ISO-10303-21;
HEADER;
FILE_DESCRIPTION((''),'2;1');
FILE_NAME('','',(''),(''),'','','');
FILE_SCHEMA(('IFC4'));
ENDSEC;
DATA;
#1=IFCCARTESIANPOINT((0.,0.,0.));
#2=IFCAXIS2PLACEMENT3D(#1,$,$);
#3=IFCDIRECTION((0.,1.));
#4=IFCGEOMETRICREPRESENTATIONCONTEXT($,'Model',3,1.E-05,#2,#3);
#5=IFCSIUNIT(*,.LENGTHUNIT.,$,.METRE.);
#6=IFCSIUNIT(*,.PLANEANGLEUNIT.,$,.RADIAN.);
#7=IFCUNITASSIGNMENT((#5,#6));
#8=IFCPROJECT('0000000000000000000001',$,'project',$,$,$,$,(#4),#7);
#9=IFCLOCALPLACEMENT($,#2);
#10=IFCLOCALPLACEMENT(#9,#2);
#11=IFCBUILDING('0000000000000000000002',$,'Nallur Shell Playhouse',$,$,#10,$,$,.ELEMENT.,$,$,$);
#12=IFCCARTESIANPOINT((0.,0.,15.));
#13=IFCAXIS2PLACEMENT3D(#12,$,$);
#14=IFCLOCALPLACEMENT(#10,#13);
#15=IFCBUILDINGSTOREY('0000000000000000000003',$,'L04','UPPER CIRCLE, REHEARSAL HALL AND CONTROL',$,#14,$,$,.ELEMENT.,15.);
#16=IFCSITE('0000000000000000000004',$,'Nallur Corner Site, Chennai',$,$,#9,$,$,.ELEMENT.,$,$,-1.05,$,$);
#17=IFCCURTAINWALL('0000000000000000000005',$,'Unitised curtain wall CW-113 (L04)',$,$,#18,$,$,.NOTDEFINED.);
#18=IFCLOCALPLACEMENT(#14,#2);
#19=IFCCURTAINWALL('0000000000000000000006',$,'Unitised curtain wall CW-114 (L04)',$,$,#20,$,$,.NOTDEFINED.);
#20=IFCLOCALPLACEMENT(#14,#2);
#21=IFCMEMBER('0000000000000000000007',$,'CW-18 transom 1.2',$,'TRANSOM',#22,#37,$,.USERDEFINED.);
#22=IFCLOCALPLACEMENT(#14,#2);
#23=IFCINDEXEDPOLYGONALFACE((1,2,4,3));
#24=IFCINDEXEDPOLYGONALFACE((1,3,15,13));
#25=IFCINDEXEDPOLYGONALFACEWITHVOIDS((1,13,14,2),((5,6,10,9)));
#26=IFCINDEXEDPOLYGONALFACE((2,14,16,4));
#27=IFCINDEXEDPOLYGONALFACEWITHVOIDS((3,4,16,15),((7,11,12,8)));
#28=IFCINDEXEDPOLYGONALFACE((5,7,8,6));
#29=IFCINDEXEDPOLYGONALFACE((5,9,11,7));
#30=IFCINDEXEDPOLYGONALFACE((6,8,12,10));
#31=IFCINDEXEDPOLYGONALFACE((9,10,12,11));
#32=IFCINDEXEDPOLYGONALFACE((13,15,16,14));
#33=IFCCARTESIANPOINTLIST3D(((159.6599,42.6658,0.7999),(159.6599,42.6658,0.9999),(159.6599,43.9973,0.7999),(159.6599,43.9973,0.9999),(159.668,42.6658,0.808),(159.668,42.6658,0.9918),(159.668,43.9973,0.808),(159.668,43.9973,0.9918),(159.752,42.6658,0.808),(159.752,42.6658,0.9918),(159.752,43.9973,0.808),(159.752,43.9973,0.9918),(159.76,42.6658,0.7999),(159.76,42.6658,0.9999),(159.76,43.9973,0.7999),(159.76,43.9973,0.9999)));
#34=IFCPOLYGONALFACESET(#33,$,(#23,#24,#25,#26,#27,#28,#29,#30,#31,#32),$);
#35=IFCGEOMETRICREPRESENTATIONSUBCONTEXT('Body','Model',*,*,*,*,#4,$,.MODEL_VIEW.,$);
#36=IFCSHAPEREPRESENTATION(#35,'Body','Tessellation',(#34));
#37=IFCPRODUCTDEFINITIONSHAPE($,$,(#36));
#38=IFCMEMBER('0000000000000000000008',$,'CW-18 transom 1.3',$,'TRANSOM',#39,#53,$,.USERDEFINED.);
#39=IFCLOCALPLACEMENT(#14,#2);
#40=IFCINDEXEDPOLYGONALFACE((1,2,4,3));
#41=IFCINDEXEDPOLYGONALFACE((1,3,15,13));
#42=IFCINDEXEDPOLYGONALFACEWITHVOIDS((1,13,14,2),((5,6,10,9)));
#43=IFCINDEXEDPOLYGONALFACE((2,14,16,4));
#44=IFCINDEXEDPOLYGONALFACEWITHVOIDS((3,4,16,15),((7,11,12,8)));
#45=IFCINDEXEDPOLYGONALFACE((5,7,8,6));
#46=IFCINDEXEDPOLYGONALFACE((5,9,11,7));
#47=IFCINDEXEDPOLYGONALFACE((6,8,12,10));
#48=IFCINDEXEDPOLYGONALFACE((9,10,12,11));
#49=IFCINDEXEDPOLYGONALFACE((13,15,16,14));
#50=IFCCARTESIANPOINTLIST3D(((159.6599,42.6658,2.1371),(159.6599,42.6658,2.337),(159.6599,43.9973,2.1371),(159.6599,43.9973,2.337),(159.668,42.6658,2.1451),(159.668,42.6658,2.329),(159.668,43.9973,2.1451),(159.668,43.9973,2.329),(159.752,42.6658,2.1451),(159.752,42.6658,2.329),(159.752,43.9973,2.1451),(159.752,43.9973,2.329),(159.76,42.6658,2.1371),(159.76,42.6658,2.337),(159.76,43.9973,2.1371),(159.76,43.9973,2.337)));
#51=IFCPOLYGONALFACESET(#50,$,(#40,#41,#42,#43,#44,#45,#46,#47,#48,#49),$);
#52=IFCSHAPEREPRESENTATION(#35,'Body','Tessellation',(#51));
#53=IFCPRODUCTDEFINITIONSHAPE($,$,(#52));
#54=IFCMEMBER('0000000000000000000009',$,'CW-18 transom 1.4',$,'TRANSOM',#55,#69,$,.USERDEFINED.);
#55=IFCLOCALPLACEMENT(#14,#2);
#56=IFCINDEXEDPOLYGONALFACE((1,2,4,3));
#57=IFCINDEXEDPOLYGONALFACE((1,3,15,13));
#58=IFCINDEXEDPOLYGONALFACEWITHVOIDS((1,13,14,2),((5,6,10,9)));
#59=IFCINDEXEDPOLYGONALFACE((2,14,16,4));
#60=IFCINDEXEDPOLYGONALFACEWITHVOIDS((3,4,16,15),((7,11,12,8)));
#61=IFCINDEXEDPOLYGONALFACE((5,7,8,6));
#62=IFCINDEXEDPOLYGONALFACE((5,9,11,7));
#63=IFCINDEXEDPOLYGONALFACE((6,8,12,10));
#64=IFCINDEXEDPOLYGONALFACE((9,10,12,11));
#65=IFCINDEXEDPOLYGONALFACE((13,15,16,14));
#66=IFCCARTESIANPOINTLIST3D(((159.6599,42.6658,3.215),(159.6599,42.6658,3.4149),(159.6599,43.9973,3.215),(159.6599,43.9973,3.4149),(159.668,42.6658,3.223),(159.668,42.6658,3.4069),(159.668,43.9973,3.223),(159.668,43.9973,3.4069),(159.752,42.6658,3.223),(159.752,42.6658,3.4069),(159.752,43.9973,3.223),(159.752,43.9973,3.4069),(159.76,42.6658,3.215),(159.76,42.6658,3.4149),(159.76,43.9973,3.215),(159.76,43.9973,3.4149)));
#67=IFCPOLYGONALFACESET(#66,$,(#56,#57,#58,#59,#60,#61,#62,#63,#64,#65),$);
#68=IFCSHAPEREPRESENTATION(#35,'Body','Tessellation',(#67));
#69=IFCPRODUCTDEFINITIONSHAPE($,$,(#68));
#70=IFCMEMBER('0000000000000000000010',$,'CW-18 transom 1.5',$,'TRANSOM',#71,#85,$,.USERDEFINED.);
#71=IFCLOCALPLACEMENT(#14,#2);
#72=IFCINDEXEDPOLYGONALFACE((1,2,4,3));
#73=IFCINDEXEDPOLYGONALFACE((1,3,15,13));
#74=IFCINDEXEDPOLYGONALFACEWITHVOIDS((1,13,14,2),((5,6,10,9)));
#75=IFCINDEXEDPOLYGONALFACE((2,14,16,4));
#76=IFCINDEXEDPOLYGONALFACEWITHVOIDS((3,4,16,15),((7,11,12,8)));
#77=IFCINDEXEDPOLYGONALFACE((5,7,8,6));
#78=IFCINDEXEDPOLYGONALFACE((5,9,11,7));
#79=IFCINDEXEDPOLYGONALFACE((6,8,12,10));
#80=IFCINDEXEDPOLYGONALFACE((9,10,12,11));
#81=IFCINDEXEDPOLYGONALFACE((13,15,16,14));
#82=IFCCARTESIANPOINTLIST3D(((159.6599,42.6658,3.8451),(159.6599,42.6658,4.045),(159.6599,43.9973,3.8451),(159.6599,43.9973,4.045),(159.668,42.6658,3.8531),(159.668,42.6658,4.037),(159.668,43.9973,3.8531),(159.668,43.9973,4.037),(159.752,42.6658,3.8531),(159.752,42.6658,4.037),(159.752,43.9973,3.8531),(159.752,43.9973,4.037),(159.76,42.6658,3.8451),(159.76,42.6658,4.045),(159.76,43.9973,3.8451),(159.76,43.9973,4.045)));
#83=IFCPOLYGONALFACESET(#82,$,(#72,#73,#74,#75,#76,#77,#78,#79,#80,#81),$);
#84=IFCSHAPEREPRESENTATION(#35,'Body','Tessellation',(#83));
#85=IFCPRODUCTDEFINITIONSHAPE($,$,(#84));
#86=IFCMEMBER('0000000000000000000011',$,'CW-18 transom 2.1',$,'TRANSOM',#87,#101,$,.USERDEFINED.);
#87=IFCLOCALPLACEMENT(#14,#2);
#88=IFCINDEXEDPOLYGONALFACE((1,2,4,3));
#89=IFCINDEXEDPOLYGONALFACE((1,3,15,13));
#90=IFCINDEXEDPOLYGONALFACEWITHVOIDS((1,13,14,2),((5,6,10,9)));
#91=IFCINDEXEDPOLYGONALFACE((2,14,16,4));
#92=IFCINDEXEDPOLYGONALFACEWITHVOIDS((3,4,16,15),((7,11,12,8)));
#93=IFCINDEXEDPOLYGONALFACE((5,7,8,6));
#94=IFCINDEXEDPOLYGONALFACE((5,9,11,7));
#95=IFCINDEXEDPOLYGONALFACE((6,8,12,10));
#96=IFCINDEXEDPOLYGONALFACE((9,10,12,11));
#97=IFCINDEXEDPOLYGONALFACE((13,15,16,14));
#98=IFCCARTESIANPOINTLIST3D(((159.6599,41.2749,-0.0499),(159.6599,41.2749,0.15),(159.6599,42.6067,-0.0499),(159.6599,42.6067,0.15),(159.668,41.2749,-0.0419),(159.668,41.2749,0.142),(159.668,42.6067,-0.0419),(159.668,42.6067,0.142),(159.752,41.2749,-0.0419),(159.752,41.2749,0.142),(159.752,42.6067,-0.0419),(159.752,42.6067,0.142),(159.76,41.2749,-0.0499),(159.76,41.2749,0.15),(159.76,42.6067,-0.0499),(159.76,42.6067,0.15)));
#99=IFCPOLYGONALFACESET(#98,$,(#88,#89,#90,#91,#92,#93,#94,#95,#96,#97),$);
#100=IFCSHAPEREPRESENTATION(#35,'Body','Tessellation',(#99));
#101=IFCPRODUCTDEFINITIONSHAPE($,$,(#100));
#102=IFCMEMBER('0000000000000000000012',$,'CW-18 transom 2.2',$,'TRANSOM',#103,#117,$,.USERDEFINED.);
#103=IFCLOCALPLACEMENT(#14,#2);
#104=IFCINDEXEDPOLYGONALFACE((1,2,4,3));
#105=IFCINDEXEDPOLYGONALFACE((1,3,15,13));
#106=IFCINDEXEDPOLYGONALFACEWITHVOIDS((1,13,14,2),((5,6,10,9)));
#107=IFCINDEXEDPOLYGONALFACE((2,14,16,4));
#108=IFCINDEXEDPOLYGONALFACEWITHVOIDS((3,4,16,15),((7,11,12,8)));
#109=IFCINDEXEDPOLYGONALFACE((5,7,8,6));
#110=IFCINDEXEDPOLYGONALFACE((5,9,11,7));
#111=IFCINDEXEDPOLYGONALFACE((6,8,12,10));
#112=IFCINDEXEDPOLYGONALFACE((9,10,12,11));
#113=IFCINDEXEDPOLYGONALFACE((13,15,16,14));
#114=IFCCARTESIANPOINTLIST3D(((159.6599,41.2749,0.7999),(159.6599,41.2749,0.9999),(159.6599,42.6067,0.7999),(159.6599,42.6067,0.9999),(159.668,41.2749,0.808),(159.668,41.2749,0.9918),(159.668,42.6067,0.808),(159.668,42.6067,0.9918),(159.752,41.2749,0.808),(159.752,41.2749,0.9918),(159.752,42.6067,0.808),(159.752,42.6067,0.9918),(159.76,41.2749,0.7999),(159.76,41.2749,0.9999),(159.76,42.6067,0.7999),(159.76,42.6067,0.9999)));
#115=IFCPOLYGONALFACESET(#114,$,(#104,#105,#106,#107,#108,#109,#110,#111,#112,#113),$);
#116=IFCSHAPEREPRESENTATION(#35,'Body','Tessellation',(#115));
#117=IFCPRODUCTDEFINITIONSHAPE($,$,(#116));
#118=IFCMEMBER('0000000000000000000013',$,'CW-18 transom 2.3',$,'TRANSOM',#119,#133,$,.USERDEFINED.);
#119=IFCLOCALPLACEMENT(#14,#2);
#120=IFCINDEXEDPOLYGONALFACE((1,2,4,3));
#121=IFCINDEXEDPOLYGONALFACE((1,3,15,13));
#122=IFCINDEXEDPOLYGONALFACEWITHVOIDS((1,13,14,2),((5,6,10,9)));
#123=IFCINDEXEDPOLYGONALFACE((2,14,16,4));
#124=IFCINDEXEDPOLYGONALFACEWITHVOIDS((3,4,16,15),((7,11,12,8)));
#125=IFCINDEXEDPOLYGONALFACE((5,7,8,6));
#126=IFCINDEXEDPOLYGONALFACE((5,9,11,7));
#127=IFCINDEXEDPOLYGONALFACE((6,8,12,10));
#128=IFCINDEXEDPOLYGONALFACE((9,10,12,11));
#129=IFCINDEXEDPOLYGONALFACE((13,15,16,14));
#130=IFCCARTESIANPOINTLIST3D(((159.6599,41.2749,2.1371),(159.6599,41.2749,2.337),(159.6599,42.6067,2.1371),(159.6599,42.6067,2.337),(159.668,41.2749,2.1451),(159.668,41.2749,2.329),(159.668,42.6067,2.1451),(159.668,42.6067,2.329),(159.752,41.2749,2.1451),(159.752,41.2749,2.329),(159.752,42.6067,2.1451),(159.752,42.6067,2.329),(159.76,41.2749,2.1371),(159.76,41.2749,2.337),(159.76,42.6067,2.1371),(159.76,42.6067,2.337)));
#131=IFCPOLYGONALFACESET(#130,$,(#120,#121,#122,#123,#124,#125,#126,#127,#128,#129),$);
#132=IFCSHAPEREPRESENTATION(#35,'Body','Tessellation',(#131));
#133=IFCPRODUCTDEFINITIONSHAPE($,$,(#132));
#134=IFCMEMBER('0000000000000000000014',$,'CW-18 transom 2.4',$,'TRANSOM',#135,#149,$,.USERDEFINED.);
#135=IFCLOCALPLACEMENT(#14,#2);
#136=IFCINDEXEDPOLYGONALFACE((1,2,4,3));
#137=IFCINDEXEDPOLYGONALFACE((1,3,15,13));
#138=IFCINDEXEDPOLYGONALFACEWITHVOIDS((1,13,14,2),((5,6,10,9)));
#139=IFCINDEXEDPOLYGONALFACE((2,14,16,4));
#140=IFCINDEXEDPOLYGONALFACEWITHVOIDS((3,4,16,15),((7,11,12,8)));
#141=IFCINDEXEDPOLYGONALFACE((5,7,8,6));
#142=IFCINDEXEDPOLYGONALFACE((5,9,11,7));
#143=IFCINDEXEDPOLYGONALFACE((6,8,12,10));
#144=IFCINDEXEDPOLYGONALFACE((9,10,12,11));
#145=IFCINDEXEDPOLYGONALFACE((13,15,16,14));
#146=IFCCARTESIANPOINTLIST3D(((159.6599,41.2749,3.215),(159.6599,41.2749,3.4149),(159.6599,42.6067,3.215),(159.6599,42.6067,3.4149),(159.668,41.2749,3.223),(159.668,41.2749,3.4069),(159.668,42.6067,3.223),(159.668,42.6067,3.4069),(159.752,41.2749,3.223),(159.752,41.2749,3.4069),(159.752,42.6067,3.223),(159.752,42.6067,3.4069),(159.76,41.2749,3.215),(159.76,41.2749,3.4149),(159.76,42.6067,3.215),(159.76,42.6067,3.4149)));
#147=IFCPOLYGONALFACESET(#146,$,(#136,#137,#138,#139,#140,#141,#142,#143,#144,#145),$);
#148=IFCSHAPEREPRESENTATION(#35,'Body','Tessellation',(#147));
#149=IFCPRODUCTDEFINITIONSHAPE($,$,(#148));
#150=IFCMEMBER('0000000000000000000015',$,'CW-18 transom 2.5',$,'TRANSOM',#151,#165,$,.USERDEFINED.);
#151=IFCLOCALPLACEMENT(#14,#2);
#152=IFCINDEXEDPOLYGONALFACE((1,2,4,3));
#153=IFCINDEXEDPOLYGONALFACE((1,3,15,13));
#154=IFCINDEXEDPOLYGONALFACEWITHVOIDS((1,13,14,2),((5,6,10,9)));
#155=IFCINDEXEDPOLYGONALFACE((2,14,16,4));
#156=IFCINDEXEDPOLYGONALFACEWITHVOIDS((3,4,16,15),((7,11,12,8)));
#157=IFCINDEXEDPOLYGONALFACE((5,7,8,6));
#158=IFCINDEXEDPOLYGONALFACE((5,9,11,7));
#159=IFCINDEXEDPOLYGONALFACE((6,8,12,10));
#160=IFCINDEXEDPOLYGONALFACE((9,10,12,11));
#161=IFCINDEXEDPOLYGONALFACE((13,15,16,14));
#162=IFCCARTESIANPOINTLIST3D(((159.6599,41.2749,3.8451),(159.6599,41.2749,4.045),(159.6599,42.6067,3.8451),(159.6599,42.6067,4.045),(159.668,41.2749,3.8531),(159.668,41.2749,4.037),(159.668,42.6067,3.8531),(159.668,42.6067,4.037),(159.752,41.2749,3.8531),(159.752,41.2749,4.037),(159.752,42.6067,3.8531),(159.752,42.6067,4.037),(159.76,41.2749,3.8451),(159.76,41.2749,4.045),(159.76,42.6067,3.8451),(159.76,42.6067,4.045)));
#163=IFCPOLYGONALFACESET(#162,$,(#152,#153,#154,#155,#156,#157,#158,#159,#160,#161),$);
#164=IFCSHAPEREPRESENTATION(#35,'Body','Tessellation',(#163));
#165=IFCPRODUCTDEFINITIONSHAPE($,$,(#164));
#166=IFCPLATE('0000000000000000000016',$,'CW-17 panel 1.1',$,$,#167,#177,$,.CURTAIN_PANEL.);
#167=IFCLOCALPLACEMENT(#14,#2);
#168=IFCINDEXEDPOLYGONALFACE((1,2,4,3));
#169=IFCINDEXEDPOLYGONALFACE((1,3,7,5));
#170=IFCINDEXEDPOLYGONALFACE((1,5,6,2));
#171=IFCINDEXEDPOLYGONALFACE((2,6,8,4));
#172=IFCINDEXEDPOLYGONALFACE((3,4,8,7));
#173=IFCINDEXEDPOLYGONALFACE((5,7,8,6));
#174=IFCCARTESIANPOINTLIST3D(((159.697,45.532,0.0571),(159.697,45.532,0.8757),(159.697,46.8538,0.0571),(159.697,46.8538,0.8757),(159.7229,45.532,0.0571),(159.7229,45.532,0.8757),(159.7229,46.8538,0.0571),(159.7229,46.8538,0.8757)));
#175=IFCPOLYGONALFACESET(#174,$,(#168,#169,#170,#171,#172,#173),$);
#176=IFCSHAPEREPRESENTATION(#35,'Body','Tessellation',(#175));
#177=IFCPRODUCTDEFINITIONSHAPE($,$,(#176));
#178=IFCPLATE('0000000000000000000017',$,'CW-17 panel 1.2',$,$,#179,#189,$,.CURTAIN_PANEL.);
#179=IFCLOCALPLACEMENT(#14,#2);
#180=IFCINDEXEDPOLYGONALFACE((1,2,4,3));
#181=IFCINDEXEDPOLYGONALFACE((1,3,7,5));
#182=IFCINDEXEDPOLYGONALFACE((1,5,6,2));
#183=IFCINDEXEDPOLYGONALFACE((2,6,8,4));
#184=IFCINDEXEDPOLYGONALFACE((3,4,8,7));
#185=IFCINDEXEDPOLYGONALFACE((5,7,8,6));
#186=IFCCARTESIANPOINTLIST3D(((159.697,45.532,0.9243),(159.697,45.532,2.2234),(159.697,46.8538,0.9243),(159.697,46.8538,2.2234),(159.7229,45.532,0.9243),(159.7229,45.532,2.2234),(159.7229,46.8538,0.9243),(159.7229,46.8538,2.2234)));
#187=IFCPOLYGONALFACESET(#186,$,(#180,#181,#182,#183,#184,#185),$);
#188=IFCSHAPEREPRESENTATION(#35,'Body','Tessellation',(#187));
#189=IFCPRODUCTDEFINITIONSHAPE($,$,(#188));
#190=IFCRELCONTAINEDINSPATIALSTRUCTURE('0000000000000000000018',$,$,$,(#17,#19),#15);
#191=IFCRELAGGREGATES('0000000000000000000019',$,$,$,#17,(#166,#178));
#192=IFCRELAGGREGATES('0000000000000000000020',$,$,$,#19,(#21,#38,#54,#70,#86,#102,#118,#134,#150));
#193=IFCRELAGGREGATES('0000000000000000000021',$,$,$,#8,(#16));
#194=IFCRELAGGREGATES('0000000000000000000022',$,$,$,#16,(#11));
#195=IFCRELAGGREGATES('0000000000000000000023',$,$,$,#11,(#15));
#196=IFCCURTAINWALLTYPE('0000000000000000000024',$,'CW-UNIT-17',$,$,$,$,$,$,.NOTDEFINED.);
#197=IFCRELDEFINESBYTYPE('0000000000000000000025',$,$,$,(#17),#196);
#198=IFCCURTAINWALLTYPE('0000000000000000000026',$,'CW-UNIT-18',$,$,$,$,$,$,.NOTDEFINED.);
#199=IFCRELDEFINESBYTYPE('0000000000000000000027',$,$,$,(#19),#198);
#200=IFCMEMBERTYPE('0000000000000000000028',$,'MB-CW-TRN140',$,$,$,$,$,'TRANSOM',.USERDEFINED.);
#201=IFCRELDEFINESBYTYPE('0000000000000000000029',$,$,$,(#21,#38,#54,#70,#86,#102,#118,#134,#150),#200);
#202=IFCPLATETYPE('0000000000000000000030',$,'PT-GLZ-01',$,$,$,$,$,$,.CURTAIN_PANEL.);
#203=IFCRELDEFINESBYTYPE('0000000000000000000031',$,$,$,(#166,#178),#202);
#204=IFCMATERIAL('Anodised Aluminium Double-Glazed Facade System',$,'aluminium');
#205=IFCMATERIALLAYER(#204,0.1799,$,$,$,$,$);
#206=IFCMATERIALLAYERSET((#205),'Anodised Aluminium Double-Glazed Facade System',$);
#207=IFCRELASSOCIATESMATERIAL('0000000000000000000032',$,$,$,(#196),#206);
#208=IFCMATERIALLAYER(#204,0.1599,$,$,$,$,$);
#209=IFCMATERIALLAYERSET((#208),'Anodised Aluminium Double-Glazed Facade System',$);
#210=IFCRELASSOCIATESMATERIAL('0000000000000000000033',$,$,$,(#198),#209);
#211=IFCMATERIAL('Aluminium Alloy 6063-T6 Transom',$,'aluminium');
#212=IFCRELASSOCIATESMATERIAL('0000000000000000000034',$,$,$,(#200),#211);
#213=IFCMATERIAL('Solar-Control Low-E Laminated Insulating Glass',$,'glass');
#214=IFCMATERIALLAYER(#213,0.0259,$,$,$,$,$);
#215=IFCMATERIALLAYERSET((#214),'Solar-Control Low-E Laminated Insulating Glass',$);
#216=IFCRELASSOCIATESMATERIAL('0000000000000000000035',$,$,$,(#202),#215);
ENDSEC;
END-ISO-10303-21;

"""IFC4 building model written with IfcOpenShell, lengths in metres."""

from ifc_helpers import new_model, si_unit, direction, frame, origin, origin_2d, place, context, subcontext, project, spatial, rectangle, hollow_rectangle, extrude, material, layer, layer_set, material_profile, profile_set, type_object, element, aggregate, save


model = new_model("IFC4")

# Units and contexts
model_context = context("Model", 3, precision=1e-05, world=origin(), true_north=direction((0.0, 1.0)))
body_context = subcontext(model_context, "Body", "Model", "MODEL_VIEW")
ifc_project = project(units=[si_unit("LENGTHUNIT", "METRE"), si_unit("PLANEANGLEUNIT", "RADIAN")], contexts=[model_context])

# Site, building, storey
site_placement = place(None, origin())
site = spatial("IfcSite", under=ifc_project, at=site_placement, Name="Nallur Corner Site, Chennai", CompositionType="ELEMENT", RefElevation=-1.05)
building_placement = place(site_placement, origin())
building = spatial("IfcBuilding", under=site, at=building_placement, Name="Nallur Shell Playhouse", CompositionType="ELEMENT")
storey_placement = place(building_placement, frame((0.0, 0.0, 15.0)))
storey = spatial("IfcBuildingStorey", under=building, at=storey_placement, Name="L04", Description="UPPER CIRCLE, REHEARSAL HALL AND CONTROL", CompositionType="ELEMENT", Elevation=15.0)

# Curtain walls
ifc_material_1 = material(Name="Anodised Aluminium Double-Glazed Facade System", Category="aluminium")
ifc_layer_1 = layer(ifc_material_1, 0.1799)
ifc_layer_set_1 = layer_set([ifc_layer_1], Name="Anodised Aluminium Double-Glazed Facade System")
curtain_wall_type_1 = type_object("IfcCurtainWallType", Name="CW-UNIT-17", PredefinedType="NOTDEFINED", material=ifc_layer_set_1)
curtain_wall_1_placement = place(storey_placement, origin())
curtain_wall_1 = element("IfcCurtainWall", 1, at=curtain_wall_1_placement, inside=storey, type_object=curtain_wall_type_1, Name="Unitised curtain wall CW-113 (L04)", PredefinedType="NOTDEFINED")
ifc_layer_2 = layer(ifc_material_1, 0.1599)
ifc_layer_set_2 = layer_set([ifc_layer_2], Name="Anodised Aluminium Double-Glazed Facade System")
curtain_wall_type_2 = type_object("IfcCurtainWallType", Name="CW-UNIT-18", PredefinedType="NOTDEFINED", material=ifc_layer_set_2)
curtain_wall_2_placement = place(storey_placement, origin())
curtain_wall_2 = element("IfcCurtainWall", 2, at=curtain_wall_2_placement, inside=storey, type_object=curtain_wall_type_2, Name="Unitised curtain wall CW-114 (L04)", PredefinedType="NOTDEFINED")

# Members
ifc_material_2 = material(Name="Aluminium Alloy 6063-T6 Transom", Category="aluminium")
ifc_material_profile_1 = material_profile(ifc_material_2, hollow_rectangle(XDim=0.1001, YDim=0.2, WallThickness=0.0081, at=origin_2d()), Name="RHS 200x100x8")
ifc_profile_set_1 = profile_set([ifc_material_profile_1], Name="Aluminium Alloy 6063-T6 Transom")
member_type_1 = type_object("IfcMemberType", Name="MB-CW-TRN140", ElementType="TRANSOM", PredefinedType="USERDEFINED", material=ifc_profile_set_1)
member_1_placement = place(storey_placement, frame((159.71, 43.9973, 0.8999), z_axis=(0.0, -1.0, 0.0), x_axis=(1.0, 0.0, 0.0)))
member_1 = element("IfcMember", 3, at=member_1_placement, type_object=member_type_1, Name="CW-18 transom 1.2", ObjectType="TRANSOM", PredefinedType="USERDEFINED", context=body_context, shape_type="SweptSolid", body=[
    extrude(hollow_rectangle(XDim=0.1001, YDim=0.2, WallThickness=0.0081, at=origin_2d()), origin(), (0.0, 0.0, 1.0), 1.3315),
])
member_2_placement = place(storey_placement, frame((159.71, 43.9973, 2.2371), z_axis=(0.0, -1.0, 0.0), x_axis=(1.0, 0.0, 0.0)))
member_2 = element("IfcMember", 4, at=member_2_placement, type_object=member_type_1, Name="CW-18 transom 1.3", ObjectType="TRANSOM", PredefinedType="USERDEFINED", context=body_context, shape_type="SweptSolid", body=[
    extrude(hollow_rectangle(XDim=0.1001, YDim=0.2, WallThickness=0.0081, at=origin_2d()), origin(), (0.0, 0.0, 1.0), 1.3315),
])
member_3_placement = place(storey_placement, frame((159.71, 43.9973, 3.3149), z_axis=(0.0, -1.0, 0.0), x_axis=(1.0, 0.0, 0.0)))
member_3 = element("IfcMember", 5, at=member_3_placement, type_object=member_type_1, Name="CW-18 transom 1.4", ObjectType="TRANSOM", PredefinedType="USERDEFINED", context=body_context, shape_type="SweptSolid", body=[
    extrude(hollow_rectangle(XDim=0.1001, YDim=0.2, WallThickness=0.0081, at=origin_2d()), origin(), (0.0, 0.0, 1.0), 1.3315),
])
member_4_placement = place(storey_placement, frame((159.71, 43.9973, 3.9451), z_axis=(0.0, -1.0, 0.0), x_axis=(1.0, 0.0, 0.0)))
member_4 = element("IfcMember", 6, at=member_4_placement, type_object=member_type_1, Name="CW-18 transom 1.5", ObjectType="TRANSOM", PredefinedType="USERDEFINED", context=body_context, shape_type="SweptSolid", body=[
    extrude(hollow_rectangle(XDim=0.1001, YDim=0.2, WallThickness=0.0081, at=origin_2d()), origin(), (0.0, 0.0, 1.0), 1.3315),
])
member_5_placement = place(storey_placement, frame((159.71, 42.6067, 0.05), z_axis=(0.0, -1.0, 0.0), x_axis=(1.0, 0.0, 0.0)))
member_5 = element("IfcMember", 7, at=member_5_placement, type_object=member_type_1, Name="CW-18 transom 2.1", ObjectType="TRANSOM", PredefinedType="USERDEFINED", context=body_context, shape_type="SweptSolid", body=[
    extrude(hollow_rectangle(XDim=0.1001, YDim=0.2, WallThickness=0.0081, at=origin_2d()), origin(), (0.0, 0.0, 1.0), 1.3318),
])
member_6_placement = place(storey_placement, frame((159.71, 42.6067, 0.8999), z_axis=(0.0, -1.0, 0.0), x_axis=(1.0, 0.0, 0.0)))
member_6 = element("IfcMember", 8, at=member_6_placement, type_object=member_type_1, Name="CW-18 transom 2.2", ObjectType="TRANSOM", PredefinedType="USERDEFINED", context=body_context, shape_type="SweptSolid", body=[
    extrude(hollow_rectangle(XDim=0.1001, YDim=0.2, WallThickness=0.0081, at=origin_2d()), origin(), (0.0, 0.0, 1.0), 1.3318),
])
member_7_placement = place(storey_placement, frame((159.71, 42.6067, 2.2371), z_axis=(0.0, -1.0, 0.0), x_axis=(1.0, 0.0, 0.0)))
member_7 = element("IfcMember", 9, at=member_7_placement, type_object=member_type_1, Name="CW-18 transom 2.3", ObjectType="TRANSOM", PredefinedType="USERDEFINED", context=body_context, shape_type="SweptSolid", body=[
    extrude(hollow_rectangle(XDim=0.1001, YDim=0.2, WallThickness=0.0081, at=origin_2d()), origin(), (0.0, 0.0, 1.0), 1.3318),
])
member_8_placement = place(storey_placement, frame((159.71, 42.6067, 3.3149), z_axis=(0.0, -1.0, 0.0), x_axis=(1.0, 0.0, 0.0)))
member_8 = element("IfcMember", 10, at=member_8_placement, type_object=member_type_1, Name="CW-18 transom 2.4", ObjectType="TRANSOM", PredefinedType="USERDEFINED", context=body_context, shape_type="SweptSolid", body=[
    extrude(hollow_rectangle(XDim=0.1001, YDim=0.2, WallThickness=0.0081, at=origin_2d()), origin(), (0.0, 0.0, 1.0), 1.3318),
])
member_9_placement = place(storey_placement, frame((159.71, 42.6067, 3.9451), z_axis=(0.0, -1.0, 0.0), x_axis=(1.0, 0.0, 0.0)))
member_9 = element("IfcMember", 11, at=member_9_placement, type_object=member_type_1, Name="CW-18 transom 2.5", ObjectType="TRANSOM", PredefinedType="USERDEFINED", context=body_context, shape_type="SweptSolid", body=[
    extrude(hollow_rectangle(XDim=0.1001, YDim=0.2, WallThickness=0.0081, at=origin_2d()), origin(), (0.0, 0.0, 1.0), 1.3318),
])

# Plates
ifc_material_3 = material(Name="Solar-Control Low-E Laminated Insulating Glass", Category="glass")
ifc_layer_3 = layer(ifc_material_3, 0.0259)
ifc_layer_set_3 = layer_set([ifc_layer_3], Name="Solar-Control Low-E Laminated Insulating Glass")
plate_type_1 = type_object("IfcPlateType", Name="PT-GLZ-01", PredefinedType="CURTAIN_PANEL", material=ifc_layer_set_3)
plate_1_placement = place(storey_placement, frame((159.71, 46.1929, 0.0571), z_axis=(0.0, 0.0, 1.0), x_axis=(0.0, -1.0, 0.0)))
plate_1 = element("IfcPlate", 12, at=plate_1_placement, type_object=plate_type_1, Name="CW-17 panel 1.1", PredefinedType="CURTAIN_PANEL", context=body_context, shape_type="SweptSolid", body=[
    extrude(rectangle(XDim=1.3218, YDim=0.0259, at=origin_2d()), origin(), (0.0, 0.0, 1.0), 0.8186),
])
plate_2_placement = place(storey_placement, frame((159.71, 46.1929, 0.9243), z_axis=(0.0, 0.0, 1.0), x_axis=(0.0, -1.0, 0.0)))
plate_2 = element("IfcPlate", 13, at=plate_2_placement, type_object=plate_type_1, Name="CW-17 panel 1.2", PredefinedType="CURTAIN_PANEL", context=body_context, shape_type="SweptSolid", body=[
    extrude(rectangle(XDim=1.3218, YDim=0.0259, at=origin_2d()), origin(), (0.0, 0.0, 1.0), 1.2991),
])
aggregate(curtain_wall_1, [plate_1, plate_2])
aggregate(curtain_wall_2, [member_1, member_2, member_3, member_4, member_5, member_6, member_7, member_8, member_9])

save(model, "model.ifc")
